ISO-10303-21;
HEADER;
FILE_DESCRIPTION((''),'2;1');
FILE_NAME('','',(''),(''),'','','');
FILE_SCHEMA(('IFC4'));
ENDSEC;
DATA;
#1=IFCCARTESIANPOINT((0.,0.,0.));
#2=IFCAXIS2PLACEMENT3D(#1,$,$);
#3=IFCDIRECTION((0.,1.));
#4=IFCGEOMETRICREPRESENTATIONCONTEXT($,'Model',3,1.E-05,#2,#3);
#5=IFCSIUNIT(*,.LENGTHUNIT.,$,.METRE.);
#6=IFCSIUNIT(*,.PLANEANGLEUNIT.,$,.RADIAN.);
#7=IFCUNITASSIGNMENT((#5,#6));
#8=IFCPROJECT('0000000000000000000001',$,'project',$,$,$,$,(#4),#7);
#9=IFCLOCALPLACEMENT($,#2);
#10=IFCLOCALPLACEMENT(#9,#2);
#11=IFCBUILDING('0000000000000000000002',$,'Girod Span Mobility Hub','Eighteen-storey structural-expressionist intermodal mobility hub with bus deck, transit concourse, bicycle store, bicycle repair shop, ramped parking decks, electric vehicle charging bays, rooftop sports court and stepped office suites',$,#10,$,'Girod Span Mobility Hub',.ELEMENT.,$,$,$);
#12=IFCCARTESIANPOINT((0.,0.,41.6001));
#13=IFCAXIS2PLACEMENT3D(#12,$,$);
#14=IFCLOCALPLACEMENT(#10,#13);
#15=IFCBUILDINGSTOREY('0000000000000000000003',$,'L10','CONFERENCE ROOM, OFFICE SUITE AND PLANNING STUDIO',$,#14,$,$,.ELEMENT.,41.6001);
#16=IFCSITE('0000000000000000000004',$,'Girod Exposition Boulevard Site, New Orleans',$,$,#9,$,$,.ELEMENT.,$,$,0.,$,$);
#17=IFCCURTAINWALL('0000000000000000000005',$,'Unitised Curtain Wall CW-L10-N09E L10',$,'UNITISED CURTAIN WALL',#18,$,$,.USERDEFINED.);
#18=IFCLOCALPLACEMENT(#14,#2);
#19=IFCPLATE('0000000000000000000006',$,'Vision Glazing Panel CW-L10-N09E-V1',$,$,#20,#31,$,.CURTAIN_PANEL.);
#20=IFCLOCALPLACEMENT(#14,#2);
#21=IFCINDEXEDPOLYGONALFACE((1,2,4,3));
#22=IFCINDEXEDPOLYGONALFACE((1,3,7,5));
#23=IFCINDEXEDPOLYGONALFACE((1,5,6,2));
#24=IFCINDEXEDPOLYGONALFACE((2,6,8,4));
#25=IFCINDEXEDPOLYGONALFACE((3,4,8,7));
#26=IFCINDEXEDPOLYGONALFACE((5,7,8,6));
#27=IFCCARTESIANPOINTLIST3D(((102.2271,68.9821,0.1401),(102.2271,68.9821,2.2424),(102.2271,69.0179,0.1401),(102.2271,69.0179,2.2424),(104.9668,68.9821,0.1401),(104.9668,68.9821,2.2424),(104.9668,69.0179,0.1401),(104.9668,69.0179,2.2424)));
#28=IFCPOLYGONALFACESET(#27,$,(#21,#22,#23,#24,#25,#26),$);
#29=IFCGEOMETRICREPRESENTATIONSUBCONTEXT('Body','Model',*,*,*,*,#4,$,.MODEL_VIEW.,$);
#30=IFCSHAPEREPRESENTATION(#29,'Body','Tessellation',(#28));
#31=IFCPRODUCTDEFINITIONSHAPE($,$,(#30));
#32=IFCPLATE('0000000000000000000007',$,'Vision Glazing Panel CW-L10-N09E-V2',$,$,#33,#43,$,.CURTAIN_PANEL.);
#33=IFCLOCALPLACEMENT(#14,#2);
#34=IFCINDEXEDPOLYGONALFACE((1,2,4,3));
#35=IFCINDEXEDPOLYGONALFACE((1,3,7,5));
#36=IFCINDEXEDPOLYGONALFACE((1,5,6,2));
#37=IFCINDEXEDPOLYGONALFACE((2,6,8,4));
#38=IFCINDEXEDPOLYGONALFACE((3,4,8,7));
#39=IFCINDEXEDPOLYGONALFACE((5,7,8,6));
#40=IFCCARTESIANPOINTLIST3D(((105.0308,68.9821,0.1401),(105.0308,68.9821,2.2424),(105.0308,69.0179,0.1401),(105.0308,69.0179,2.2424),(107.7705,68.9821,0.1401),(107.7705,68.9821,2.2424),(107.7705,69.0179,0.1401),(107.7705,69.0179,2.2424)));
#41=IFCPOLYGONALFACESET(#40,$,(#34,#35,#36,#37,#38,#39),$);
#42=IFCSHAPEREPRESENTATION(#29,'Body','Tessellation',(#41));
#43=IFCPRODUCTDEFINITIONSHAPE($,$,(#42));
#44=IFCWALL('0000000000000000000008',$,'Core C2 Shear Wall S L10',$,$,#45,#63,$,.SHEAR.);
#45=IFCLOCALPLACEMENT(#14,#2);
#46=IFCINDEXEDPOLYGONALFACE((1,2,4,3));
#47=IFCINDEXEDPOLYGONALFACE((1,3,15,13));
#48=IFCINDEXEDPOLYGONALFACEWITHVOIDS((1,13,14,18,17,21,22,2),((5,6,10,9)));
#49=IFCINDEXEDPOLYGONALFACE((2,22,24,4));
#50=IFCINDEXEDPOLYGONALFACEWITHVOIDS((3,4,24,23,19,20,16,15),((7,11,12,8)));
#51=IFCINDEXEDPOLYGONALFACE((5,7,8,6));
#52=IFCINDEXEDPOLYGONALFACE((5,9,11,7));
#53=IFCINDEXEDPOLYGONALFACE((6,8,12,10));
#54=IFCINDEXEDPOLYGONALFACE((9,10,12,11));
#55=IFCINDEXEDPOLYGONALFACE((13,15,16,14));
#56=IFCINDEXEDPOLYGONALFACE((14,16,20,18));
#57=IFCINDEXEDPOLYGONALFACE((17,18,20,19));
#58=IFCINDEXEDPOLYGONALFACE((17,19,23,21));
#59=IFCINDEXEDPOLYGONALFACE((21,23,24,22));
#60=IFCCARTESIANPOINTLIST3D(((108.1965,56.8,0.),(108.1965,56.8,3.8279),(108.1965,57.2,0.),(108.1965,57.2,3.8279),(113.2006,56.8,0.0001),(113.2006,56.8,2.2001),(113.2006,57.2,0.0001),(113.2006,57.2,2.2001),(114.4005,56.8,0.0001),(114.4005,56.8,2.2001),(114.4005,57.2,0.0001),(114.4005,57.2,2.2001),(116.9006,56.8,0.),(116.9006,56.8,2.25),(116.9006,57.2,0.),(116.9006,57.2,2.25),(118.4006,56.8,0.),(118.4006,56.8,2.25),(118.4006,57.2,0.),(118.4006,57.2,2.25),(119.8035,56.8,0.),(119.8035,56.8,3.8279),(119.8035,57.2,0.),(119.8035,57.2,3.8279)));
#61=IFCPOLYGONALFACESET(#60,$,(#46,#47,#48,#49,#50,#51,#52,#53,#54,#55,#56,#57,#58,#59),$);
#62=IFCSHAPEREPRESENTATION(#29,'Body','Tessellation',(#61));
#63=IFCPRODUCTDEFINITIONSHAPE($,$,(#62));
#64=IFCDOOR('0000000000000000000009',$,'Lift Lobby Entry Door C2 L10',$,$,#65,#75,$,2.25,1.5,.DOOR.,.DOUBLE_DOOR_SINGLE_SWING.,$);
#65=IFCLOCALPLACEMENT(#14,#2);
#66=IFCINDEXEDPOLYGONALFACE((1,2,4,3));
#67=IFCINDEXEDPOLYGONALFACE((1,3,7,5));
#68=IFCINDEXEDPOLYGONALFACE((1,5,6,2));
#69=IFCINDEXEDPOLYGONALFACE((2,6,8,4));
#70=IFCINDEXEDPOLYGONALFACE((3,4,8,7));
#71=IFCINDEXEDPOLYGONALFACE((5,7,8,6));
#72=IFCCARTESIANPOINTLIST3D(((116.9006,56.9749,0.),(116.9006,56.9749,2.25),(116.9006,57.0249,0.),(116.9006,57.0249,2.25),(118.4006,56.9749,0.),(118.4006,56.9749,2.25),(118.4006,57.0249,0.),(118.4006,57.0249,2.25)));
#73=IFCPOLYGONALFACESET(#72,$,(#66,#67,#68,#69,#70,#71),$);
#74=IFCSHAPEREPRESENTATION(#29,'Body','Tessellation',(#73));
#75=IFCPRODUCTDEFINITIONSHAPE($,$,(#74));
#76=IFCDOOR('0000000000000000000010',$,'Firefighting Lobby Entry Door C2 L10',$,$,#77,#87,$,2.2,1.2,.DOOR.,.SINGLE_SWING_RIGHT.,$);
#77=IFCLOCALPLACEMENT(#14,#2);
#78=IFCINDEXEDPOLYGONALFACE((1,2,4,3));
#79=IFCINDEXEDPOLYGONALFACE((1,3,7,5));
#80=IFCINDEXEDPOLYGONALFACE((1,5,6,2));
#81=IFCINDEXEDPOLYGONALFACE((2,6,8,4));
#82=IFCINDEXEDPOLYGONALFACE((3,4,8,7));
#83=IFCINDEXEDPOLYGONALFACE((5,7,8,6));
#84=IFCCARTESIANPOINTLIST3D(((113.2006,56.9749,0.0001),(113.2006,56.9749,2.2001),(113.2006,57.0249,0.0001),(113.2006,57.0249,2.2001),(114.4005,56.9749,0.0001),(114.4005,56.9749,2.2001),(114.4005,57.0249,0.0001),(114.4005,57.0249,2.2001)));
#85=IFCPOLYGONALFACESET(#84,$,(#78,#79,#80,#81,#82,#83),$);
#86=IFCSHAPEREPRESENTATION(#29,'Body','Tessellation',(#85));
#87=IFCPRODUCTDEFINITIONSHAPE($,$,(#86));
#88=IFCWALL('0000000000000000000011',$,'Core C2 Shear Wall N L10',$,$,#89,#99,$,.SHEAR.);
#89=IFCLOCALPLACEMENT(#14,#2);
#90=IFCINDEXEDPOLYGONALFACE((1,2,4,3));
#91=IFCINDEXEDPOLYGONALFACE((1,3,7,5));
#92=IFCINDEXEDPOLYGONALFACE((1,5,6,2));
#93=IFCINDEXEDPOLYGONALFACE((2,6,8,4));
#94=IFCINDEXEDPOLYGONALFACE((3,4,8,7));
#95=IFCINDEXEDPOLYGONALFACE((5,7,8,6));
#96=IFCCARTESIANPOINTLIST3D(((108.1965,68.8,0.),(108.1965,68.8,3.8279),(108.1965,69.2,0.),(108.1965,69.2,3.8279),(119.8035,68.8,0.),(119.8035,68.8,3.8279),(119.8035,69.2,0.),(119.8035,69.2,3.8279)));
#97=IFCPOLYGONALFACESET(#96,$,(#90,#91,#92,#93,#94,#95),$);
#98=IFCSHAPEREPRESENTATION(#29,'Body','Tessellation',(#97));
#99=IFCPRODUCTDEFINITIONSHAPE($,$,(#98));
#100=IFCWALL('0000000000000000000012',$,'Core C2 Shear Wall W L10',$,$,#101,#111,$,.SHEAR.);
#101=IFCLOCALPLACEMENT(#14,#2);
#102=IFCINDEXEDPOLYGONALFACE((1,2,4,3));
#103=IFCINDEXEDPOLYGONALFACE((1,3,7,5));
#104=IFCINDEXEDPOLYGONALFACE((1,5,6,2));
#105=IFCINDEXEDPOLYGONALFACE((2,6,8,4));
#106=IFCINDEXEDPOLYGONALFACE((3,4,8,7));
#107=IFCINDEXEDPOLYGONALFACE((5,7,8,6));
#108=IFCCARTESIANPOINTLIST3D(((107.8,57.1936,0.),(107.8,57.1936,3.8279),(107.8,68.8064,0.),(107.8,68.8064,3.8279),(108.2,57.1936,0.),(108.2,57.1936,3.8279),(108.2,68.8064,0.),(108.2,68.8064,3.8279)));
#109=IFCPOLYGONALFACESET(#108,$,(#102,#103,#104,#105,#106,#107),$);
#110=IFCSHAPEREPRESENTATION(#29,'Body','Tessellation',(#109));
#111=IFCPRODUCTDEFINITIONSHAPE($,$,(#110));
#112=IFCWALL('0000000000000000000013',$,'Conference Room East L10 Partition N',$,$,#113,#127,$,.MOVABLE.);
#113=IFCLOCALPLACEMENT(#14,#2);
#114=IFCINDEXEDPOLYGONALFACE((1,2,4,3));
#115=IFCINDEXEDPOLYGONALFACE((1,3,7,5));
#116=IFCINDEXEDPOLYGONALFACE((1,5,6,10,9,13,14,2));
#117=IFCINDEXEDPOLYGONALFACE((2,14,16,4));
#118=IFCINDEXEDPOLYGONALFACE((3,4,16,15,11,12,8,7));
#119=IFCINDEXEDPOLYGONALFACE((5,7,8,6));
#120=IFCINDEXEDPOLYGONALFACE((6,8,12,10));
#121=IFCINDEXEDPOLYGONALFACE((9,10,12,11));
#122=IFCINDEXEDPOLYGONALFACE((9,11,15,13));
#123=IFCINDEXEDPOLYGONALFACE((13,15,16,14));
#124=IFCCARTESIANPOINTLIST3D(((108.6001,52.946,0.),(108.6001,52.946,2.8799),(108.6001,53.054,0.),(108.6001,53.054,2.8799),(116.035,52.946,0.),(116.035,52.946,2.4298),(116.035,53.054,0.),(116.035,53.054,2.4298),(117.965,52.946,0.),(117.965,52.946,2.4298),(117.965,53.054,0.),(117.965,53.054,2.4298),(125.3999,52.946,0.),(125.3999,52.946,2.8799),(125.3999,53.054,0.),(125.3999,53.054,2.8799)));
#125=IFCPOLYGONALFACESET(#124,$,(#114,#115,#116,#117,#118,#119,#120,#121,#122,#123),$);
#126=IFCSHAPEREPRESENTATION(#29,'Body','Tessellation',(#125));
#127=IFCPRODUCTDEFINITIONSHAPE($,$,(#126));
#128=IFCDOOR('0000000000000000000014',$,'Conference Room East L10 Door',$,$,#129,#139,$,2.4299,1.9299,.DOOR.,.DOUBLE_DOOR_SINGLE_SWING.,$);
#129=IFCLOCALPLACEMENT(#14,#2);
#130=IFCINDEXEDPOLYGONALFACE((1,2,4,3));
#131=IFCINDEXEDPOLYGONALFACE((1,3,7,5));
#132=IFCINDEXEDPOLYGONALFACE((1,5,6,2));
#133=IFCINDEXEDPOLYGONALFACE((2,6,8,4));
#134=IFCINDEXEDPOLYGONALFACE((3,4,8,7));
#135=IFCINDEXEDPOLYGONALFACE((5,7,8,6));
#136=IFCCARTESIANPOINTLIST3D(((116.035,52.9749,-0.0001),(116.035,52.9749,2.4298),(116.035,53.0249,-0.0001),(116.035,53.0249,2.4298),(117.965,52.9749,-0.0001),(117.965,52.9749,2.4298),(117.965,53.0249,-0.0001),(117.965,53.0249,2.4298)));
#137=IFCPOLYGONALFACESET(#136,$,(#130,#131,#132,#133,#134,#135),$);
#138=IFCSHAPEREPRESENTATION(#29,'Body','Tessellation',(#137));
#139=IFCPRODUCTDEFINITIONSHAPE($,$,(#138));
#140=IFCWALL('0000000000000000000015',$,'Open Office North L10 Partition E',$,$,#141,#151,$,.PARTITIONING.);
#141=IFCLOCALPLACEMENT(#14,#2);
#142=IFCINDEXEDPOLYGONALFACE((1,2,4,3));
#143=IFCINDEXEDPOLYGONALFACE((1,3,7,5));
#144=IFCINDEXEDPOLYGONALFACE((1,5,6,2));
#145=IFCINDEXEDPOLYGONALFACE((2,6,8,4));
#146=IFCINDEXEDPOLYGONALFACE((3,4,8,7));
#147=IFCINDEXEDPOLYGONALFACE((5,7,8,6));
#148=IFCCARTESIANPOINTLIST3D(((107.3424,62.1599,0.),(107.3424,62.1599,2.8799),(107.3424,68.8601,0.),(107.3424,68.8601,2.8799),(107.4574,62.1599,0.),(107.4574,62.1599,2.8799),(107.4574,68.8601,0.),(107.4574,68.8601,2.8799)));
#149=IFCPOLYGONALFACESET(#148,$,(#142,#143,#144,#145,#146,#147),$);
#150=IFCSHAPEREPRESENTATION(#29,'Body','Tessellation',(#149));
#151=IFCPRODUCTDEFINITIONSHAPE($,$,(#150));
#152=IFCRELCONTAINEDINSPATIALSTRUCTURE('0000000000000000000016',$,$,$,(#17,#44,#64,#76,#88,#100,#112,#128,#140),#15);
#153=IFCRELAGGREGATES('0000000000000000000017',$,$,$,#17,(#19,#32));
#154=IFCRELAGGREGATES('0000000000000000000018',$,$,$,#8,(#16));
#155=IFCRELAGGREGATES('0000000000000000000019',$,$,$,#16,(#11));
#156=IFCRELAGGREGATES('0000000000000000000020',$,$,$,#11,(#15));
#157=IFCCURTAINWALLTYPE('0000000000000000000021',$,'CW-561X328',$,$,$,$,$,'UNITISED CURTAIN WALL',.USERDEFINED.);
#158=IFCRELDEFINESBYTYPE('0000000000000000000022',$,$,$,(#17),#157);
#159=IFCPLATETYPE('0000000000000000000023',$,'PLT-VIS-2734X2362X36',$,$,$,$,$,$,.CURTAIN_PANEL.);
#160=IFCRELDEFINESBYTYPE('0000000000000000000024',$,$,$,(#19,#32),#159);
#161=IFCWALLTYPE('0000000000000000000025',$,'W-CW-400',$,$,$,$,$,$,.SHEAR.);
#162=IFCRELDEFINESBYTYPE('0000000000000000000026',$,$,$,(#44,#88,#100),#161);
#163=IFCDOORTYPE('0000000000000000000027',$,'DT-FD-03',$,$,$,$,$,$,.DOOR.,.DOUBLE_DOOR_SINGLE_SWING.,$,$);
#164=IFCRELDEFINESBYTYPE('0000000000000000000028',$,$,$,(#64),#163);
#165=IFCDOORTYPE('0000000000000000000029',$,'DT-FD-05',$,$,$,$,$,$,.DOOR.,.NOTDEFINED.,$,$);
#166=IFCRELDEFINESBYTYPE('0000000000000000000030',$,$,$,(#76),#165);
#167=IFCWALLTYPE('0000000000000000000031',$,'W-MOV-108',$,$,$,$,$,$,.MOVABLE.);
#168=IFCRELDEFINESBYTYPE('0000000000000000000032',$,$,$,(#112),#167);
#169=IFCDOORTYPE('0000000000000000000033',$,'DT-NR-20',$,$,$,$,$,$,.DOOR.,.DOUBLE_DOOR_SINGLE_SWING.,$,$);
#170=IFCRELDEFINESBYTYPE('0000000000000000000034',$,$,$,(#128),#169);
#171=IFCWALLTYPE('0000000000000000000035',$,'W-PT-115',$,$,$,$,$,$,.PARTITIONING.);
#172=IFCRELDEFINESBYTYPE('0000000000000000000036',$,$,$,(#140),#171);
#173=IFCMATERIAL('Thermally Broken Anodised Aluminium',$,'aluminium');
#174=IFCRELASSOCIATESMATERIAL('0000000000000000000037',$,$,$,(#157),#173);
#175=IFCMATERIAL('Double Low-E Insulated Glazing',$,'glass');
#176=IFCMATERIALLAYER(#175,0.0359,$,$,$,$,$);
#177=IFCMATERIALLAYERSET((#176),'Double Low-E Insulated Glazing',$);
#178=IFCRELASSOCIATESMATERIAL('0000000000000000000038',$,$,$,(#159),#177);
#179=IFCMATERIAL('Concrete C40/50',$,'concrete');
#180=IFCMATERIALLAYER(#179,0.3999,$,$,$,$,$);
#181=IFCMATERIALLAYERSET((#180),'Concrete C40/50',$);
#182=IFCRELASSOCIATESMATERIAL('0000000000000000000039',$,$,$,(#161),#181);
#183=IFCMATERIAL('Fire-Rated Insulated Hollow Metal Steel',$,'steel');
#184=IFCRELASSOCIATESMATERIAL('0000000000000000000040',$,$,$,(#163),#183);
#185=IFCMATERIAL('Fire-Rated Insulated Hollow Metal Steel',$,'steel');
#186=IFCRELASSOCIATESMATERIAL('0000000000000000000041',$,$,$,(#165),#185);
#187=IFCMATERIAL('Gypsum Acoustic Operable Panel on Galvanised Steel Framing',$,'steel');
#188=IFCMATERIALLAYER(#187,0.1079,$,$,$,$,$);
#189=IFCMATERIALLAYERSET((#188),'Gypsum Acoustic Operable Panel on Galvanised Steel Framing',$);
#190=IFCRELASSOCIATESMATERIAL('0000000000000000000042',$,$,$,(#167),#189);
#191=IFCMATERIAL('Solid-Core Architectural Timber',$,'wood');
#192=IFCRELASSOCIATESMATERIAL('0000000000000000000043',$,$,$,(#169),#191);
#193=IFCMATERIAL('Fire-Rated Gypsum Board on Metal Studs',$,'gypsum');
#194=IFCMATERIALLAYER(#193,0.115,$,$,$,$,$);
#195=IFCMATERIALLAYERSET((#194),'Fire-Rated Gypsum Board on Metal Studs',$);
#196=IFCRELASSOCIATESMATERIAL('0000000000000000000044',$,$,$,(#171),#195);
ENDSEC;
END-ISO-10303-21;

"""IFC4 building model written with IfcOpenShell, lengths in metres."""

from ifc_helpers import new_model, si_unit, direction, frame, frame_2d, origin, origin_2d, place, context, subcontext, project, spatial, rectangle, extrude, material, layer, layer_set, type_object, element, fill, aggregate, save


model = new_model("IFC4")

# Units and contexts
model_context = context("Model", 3, precision=1e-05, world=origin(), true_north=direction((0.0, 1.0)))
body_context = subcontext(model_context, "Body", "Model", "MODEL_VIEW")
ifc_project = project(units=[si_unit("LENGTHUNIT", "METRE"), si_unit("PLANEANGLEUNIT", "RADIAN")], contexts=[model_context])

# Site, building, storey
site_placement = place(None, origin())
site = spatial("IfcSite", under=ifc_project, at=site_placement, Name="Girod Exposition Boulevard Site, New Orleans", CompositionType="ELEMENT", RefElevation=0.0)
building_placement = place(site_placement, origin())
building = spatial("IfcBuilding", under=site, at=building_placement, Name="Girod Span Mobility Hub", Description="Eighteen-storey structural-expressionist intermodal mobility hub with bus deck, transit concourse, bicycle store, bicycle repair shop, ramped parking decks, electric vehicle charging bays, rooftop sports court and stepped office suites", LongName="Girod Span Mobility Hub", CompositionType="ELEMENT")
storey_placement = place(building_placement, frame((0.0, 0.0, 41.6001)))
storey = spatial("IfcBuildingStorey", under=building, at=storey_placement, Name="L10", Description="CONFERENCE ROOM, OFFICE SUITE AND PLANNING STUDIO", CompositionType="ELEMENT", Elevation=41.6001)

# Curtain wall
ifc_material_1 = material(Name="Thermally Broken Anodised Aluminium", Category="aluminium")
curtain_wall_type = type_object("IfcCurtainWallType", Name="CW-561X328", ElementType="UNITISED CURTAIN WALL", PredefinedType="USERDEFINED", material=ifc_material_1)
curtain_wall_1_placement = place(storey_placement, origin())
curtain_wall_1 = element("IfcCurtainWall", 1, at=curtain_wall_1_placement, inside=storey, type_object=curtain_wall_type, Name="Unitised Curtain Wall CW-L10-N09E L10", ObjectType="UNITISED CURTAIN WALL", PredefinedType="USERDEFINED")

# Plates
ifc_material_2 = material(Name="Double Low-E Insulated Glazing", Category="glass")
ifc_layer_1 = layer(ifc_material_2, 0.0359)
ifc_layer_set_1 = layer_set([ifc_layer_1], Name="Double Low-E Insulated Glazing")
plate_type_1 = type_object("IfcPlateType", Name="PLT-VIS-2734X2362X36", PredefinedType="CURTAIN_PANEL", material=ifc_layer_set_1)
plate_1_placement = place(storey_placement, frame((103.5969, 69.0, 0.1401), z_axis=(0.0, 0.0, 1.0), x_axis=(1.0, 0.0, 0.0)))
plate_1 = element("IfcPlate", 2, at=plate_1_placement, type_object=plate_type_1, Name="Vision Glazing Panel CW-L10-N09E-V1", PredefinedType="CURTAIN_PANEL", context=body_context, shape_type="SweptSolid", body=[
    extrude(rectangle(XDim=2.7397, YDim=0.0359, at=origin_2d()), origin(), (0.0, 0.0, 1.0), 2.1023),
])
plate_2_placement = place(storey_placement, frame((106.4006, 69.0, 0.1401), z_axis=(0.0, 0.0, 1.0), x_axis=(1.0, 0.0, 0.0)))
plate_2 = element("IfcPlate", 3, at=plate_2_placement, type_object=plate_type_1, Name="Vision Glazing Panel CW-L10-N09E-V2", PredefinedType="CURTAIN_PANEL", context=body_context, shape_type="SweptSolid", body=[
    extrude(rectangle(XDim=2.7397, YDim=0.0359, at=origin_2d()), origin(), (0.0, 0.0, 1.0), 2.1023),
])
aggregate(curtain_wall_1, [plate_1, plate_2])

# Wall, openings, doors
ifc_material_3 = material(Name="Concrete C40/50", Category="concrete")
ifc_layer_2 = layer(ifc_material_3, 0.3999)
ifc_layer_set_2 = layer_set([ifc_layer_2], Name="Concrete C40/50")
wall_type_1 = type_object("IfcWallType", Name="W-CW-400", PredefinedType="SHEAR", material=ifc_layer_set_2)
wall_1_placement = place(storey_placement, frame((108.1965, 57.0, 0.0), z_axis=(0.0, 0.0, 1.0), x_axis=(1.0, 0.0, 0.0)))
wall_1 = element("IfcWall", 4, at=wall_1_placement, inside=storey, type_object=wall_type_1, Name="Core C2 Shear Wall S L10", PredefinedType="SHEAR", context=body_context, shape_type="SweptSolid", body=[
    extrude(rectangle(XDim=11.6069, YDim=0.3999, at=frame_2d((5.8035, 0.0))), origin(), (0.0, 0.0, 1.0), 3.8279),
])
opening_1_placement = place(wall_1_placement, frame((5.0039, 0.0, 0.0)))
opening_1 = element("IfcOpeningElement", 5, at=opening_1_placement, cuts=wall_1, PredefinedType="OPENING", context=body_context, shape_type="SweptSolid", body=[
    extrude(rectangle(XDim=1.2, YDim=2.2, at=frame_2d((0.6001, 1.1001))), frame((0.0, 0.2148, 0.0), z_axis=(0.0, -1.0, 0.0), x_axis=(1.0, 0.0, 0.0)), (0.0, 0.0, 1.0), 0.4299),
])
opening_2_placement = place(wall_1_placement, frame((8.7041, 0.0, 0.0)))
opening_2 = element("IfcOpeningElement", 6, at=opening_2_placement, cuts=wall_1, PredefinedType="OPENING", context=body_context, shape_type="SweptSolid", body=[
    extrude(rectangle(XDim=1.5, YDim=2.25, at=frame_2d((0.75, 1.125))), frame((0.0, 0.2148, 0.0), z_axis=(0.0, -1.0, 0.0), x_axis=(1.0, 0.0, 0.0)), (0.0, 0.0, 1.0), 0.4299),
])
ifc_material_4 = material(Name="Fire-Rated Insulated Hollow Metal Steel", Category="steel")
door_type_1 = type_object("IfcDoorType", Name="DT-FD-03", OperationType="DOUBLE_DOOR_SINGLE_SWING", PredefinedType="DOOR", material=ifc_material_4)
door_1_placement = place(opening_2_placement, origin())
door_1 = element("IfcDoor", 7, at=door_1_placement, inside=storey, type_object=door_type_1, Name="Lift Lobby Entry Door C2 L10", OperationType="DOUBLE_DOOR_SINGLE_SWING", OverallHeight=2.25, OverallWidth=1.5, PredefinedType="DOOR", context=body_context, shape_type="SweptSolid", body=[
    extrude(rectangle(XDim=1.5, YDim=2.25, at=frame_2d((0.75, 1.125))), frame((0.0, 0.0249, 0.0), z_axis=(0.0, -1.0, 0.0), x_axis=(1.0, 0.0, 0.0)), (0.0, 0.0, 1.0), 0.05),
])
fill(opening_2, door_1)
ifc_material_5 = material(Name="Fire-Rated Insulated Hollow Metal Steel", Category="steel")
door_type_2 = type_object("IfcDoorType", Name="DT-FD-05", OperationType="NOTDEFINED", PredefinedType="DOOR", material=ifc_material_5)
door_2_placement = place(opening_1_placement, origin())
door_2 = element("IfcDoor", 8, at=door_2_placement, inside=storey, type_object=door_type_2, Name="Firefighting Lobby Entry Door C2 L10", OperationType="SINGLE_SWING_RIGHT", OverallHeight=2.2, OverallWidth=1.2, PredefinedType="DOOR", context=body_context, shape_type="SweptSolid", body=[
    extrude(rectangle(XDim=1.2, YDim=2.2, at=frame_2d((0.6001, 1.1001))), frame((0.0, 0.0249, 0.0), z_axis=(0.0, -1.0, 0.0), x_axis=(1.0, 0.0, 0.0)), (0.0, 0.0, 1.0), 0.05),
])
fill(opening_1, door_2)

# Walls
wall_2_placement = place(storey_placement, frame((108.1965, 69.0, 0.0), z_axis=(0.0, 0.0, 1.0), x_axis=(1.0, 0.0, 0.0)))
element("IfcWall", 9, at=wall_2_placement, inside=storey, type_object=wall_type_1, Name="Core C2 Shear Wall N L10", PredefinedType="SHEAR", context=body_context, shape_type="SweptSolid", body=[
    extrude(rectangle(XDim=11.6069, YDim=0.3999, at=frame_2d((5.8035, 0.0))), origin(), (0.0, 0.0, 1.0), 3.8279),
])
wall_3_placement = place(storey_placement, frame((108.0, 57.1936, 0.0), z_axis=(0.0, 0.0, 1.0), x_axis=(0.0, 1.0, 0.0)))
element("IfcWall", 10, at=wall_3_placement, inside=storey, type_object=wall_type_1, Name="Core C2 Shear Wall W L10", PredefinedType="SHEAR", context=body_context, shape_type="SweptSolid", body=[
    extrude(rectangle(XDim=11.6128, YDim=0.3999, at=frame_2d((5.8064, 0.0))), origin(), (0.0, 0.0, 1.0), 3.8279),
])

# Wall, opening, door
ifc_material_6 = material(Name="Gypsum Acoustic Operable Panel on Galvanised Steel Framing", Category="steel")
ifc_layer_3 = layer(ifc_material_6, 0.1079)
ifc_layer_set_3 = layer_set([ifc_layer_3], Name="Gypsum Acoustic Operable Panel on Galvanised Steel Framing")
wall_type_2 = type_object("IfcWallType", Name="W-MOV-108", PredefinedType="MOVABLE", material=ifc_layer_set_3)
wall_4_placement = place(storey_placement, frame((108.6001, 53.0, 0.0), z_axis=(0.0, 0.0, 1.0), x_axis=(1.0, 0.0, 0.0)))
wall_4 = element("IfcWall", 11, at=wall_4_placement, inside=storey, type_object=wall_type_2, Name="Conference Room East L10 Partition N", PredefinedType="MOVABLE", context=body_context, shape_type="SweptSolid", body=[
    extrude(rectangle(XDim=16.7998, YDim=0.1079, at=frame_2d((8.3999, 0.0))), origin(), (0.0, 0.0, 1.0), 2.8799),
])
opening_3_placement = place(wall_4_placement, frame((7.4351, 0.0, 0.0)))
opening_3 = element("IfcOpeningElement", 12, at=opening_3_placement, cuts=wall_4, PredefinedType="OPENING", context=body_context, shape_type="SweptSolid", body=[
    extrude(rectangle(XDim=1.9299, YDim=2.4299, at=frame_2d((0.9648, 1.2148))), frame((0.0, 0.0688, 0.0), z_axis=(0.0, -1.0, 0.0), x_axis=(1.0, 0.0, 0.0)), (0.0, 0.0, 1.0), 0.1379),
])
ifc_material_7 = material(Name="Solid-Core Architectural Timber", Category="wood")
door_type_3 = type_object("IfcDoorType", Name="DT-NR-20", OperationType="DOUBLE_DOOR_SINGLE_SWING", PredefinedType="DOOR", material=ifc_material_7)
door_3_placement = place(opening_3_placement, origin())
door_3 = element("IfcDoor", 13, at=door_3_placement, inside=storey, type_object=door_type_3, Name="Conference Room East L10 Door", OperationType="DOUBLE_DOOR_SINGLE_SWING", OverallHeight=2.4299, OverallWidth=1.9299, PredefinedType="DOOR", context=body_context, shape_type="SweptSolid", body=[
    extrude(rectangle(XDim=1.9299, YDim=2.4299, at=frame_2d((0.9648, 1.2148))), frame((0.0, 0.0249, 0.0), z_axis=(0.0, -1.0, 0.0), x_axis=(1.0, 0.0, 0.0)), (0.0, 0.0, 1.0), 0.05),
])
fill(opening_3, door_3)

# Wall
ifc_material_8 = material(Name="Fire-Rated Gypsum Board on Metal Studs", Category="gypsum")
ifc_layer_4 = layer(ifc_material_8, 0.115)
ifc_layer_set_4 = layer_set([ifc_layer_4], Name="Fire-Rated Gypsum Board on Metal Studs")
wall_type_3 = type_object("IfcWallType", Name="W-PT-115", PredefinedType="PARTITIONING", material=ifc_layer_set_4)
wall_5_placement = place(storey_placement, frame((107.3999, 62.1599, 0.0), z_axis=(0.0, 0.0, 1.0), x_axis=(0.0, 1.0, 0.0)))
element("IfcWall", 14, at=wall_5_placement, inside=storey, type_object=wall_type_3, Name="Open Office North L10 Partition E", PredefinedType="PARTITIONING", context=body_context, shape_type="SweptSolid", body=[
    extrude(rectangle(XDim=6.7002, YDim=0.115, at=frame_2d((3.3501, 0.0))), origin(), (0.0, 0.0, 1.0), 2.8799),
])

save(model, "model.ifc")
